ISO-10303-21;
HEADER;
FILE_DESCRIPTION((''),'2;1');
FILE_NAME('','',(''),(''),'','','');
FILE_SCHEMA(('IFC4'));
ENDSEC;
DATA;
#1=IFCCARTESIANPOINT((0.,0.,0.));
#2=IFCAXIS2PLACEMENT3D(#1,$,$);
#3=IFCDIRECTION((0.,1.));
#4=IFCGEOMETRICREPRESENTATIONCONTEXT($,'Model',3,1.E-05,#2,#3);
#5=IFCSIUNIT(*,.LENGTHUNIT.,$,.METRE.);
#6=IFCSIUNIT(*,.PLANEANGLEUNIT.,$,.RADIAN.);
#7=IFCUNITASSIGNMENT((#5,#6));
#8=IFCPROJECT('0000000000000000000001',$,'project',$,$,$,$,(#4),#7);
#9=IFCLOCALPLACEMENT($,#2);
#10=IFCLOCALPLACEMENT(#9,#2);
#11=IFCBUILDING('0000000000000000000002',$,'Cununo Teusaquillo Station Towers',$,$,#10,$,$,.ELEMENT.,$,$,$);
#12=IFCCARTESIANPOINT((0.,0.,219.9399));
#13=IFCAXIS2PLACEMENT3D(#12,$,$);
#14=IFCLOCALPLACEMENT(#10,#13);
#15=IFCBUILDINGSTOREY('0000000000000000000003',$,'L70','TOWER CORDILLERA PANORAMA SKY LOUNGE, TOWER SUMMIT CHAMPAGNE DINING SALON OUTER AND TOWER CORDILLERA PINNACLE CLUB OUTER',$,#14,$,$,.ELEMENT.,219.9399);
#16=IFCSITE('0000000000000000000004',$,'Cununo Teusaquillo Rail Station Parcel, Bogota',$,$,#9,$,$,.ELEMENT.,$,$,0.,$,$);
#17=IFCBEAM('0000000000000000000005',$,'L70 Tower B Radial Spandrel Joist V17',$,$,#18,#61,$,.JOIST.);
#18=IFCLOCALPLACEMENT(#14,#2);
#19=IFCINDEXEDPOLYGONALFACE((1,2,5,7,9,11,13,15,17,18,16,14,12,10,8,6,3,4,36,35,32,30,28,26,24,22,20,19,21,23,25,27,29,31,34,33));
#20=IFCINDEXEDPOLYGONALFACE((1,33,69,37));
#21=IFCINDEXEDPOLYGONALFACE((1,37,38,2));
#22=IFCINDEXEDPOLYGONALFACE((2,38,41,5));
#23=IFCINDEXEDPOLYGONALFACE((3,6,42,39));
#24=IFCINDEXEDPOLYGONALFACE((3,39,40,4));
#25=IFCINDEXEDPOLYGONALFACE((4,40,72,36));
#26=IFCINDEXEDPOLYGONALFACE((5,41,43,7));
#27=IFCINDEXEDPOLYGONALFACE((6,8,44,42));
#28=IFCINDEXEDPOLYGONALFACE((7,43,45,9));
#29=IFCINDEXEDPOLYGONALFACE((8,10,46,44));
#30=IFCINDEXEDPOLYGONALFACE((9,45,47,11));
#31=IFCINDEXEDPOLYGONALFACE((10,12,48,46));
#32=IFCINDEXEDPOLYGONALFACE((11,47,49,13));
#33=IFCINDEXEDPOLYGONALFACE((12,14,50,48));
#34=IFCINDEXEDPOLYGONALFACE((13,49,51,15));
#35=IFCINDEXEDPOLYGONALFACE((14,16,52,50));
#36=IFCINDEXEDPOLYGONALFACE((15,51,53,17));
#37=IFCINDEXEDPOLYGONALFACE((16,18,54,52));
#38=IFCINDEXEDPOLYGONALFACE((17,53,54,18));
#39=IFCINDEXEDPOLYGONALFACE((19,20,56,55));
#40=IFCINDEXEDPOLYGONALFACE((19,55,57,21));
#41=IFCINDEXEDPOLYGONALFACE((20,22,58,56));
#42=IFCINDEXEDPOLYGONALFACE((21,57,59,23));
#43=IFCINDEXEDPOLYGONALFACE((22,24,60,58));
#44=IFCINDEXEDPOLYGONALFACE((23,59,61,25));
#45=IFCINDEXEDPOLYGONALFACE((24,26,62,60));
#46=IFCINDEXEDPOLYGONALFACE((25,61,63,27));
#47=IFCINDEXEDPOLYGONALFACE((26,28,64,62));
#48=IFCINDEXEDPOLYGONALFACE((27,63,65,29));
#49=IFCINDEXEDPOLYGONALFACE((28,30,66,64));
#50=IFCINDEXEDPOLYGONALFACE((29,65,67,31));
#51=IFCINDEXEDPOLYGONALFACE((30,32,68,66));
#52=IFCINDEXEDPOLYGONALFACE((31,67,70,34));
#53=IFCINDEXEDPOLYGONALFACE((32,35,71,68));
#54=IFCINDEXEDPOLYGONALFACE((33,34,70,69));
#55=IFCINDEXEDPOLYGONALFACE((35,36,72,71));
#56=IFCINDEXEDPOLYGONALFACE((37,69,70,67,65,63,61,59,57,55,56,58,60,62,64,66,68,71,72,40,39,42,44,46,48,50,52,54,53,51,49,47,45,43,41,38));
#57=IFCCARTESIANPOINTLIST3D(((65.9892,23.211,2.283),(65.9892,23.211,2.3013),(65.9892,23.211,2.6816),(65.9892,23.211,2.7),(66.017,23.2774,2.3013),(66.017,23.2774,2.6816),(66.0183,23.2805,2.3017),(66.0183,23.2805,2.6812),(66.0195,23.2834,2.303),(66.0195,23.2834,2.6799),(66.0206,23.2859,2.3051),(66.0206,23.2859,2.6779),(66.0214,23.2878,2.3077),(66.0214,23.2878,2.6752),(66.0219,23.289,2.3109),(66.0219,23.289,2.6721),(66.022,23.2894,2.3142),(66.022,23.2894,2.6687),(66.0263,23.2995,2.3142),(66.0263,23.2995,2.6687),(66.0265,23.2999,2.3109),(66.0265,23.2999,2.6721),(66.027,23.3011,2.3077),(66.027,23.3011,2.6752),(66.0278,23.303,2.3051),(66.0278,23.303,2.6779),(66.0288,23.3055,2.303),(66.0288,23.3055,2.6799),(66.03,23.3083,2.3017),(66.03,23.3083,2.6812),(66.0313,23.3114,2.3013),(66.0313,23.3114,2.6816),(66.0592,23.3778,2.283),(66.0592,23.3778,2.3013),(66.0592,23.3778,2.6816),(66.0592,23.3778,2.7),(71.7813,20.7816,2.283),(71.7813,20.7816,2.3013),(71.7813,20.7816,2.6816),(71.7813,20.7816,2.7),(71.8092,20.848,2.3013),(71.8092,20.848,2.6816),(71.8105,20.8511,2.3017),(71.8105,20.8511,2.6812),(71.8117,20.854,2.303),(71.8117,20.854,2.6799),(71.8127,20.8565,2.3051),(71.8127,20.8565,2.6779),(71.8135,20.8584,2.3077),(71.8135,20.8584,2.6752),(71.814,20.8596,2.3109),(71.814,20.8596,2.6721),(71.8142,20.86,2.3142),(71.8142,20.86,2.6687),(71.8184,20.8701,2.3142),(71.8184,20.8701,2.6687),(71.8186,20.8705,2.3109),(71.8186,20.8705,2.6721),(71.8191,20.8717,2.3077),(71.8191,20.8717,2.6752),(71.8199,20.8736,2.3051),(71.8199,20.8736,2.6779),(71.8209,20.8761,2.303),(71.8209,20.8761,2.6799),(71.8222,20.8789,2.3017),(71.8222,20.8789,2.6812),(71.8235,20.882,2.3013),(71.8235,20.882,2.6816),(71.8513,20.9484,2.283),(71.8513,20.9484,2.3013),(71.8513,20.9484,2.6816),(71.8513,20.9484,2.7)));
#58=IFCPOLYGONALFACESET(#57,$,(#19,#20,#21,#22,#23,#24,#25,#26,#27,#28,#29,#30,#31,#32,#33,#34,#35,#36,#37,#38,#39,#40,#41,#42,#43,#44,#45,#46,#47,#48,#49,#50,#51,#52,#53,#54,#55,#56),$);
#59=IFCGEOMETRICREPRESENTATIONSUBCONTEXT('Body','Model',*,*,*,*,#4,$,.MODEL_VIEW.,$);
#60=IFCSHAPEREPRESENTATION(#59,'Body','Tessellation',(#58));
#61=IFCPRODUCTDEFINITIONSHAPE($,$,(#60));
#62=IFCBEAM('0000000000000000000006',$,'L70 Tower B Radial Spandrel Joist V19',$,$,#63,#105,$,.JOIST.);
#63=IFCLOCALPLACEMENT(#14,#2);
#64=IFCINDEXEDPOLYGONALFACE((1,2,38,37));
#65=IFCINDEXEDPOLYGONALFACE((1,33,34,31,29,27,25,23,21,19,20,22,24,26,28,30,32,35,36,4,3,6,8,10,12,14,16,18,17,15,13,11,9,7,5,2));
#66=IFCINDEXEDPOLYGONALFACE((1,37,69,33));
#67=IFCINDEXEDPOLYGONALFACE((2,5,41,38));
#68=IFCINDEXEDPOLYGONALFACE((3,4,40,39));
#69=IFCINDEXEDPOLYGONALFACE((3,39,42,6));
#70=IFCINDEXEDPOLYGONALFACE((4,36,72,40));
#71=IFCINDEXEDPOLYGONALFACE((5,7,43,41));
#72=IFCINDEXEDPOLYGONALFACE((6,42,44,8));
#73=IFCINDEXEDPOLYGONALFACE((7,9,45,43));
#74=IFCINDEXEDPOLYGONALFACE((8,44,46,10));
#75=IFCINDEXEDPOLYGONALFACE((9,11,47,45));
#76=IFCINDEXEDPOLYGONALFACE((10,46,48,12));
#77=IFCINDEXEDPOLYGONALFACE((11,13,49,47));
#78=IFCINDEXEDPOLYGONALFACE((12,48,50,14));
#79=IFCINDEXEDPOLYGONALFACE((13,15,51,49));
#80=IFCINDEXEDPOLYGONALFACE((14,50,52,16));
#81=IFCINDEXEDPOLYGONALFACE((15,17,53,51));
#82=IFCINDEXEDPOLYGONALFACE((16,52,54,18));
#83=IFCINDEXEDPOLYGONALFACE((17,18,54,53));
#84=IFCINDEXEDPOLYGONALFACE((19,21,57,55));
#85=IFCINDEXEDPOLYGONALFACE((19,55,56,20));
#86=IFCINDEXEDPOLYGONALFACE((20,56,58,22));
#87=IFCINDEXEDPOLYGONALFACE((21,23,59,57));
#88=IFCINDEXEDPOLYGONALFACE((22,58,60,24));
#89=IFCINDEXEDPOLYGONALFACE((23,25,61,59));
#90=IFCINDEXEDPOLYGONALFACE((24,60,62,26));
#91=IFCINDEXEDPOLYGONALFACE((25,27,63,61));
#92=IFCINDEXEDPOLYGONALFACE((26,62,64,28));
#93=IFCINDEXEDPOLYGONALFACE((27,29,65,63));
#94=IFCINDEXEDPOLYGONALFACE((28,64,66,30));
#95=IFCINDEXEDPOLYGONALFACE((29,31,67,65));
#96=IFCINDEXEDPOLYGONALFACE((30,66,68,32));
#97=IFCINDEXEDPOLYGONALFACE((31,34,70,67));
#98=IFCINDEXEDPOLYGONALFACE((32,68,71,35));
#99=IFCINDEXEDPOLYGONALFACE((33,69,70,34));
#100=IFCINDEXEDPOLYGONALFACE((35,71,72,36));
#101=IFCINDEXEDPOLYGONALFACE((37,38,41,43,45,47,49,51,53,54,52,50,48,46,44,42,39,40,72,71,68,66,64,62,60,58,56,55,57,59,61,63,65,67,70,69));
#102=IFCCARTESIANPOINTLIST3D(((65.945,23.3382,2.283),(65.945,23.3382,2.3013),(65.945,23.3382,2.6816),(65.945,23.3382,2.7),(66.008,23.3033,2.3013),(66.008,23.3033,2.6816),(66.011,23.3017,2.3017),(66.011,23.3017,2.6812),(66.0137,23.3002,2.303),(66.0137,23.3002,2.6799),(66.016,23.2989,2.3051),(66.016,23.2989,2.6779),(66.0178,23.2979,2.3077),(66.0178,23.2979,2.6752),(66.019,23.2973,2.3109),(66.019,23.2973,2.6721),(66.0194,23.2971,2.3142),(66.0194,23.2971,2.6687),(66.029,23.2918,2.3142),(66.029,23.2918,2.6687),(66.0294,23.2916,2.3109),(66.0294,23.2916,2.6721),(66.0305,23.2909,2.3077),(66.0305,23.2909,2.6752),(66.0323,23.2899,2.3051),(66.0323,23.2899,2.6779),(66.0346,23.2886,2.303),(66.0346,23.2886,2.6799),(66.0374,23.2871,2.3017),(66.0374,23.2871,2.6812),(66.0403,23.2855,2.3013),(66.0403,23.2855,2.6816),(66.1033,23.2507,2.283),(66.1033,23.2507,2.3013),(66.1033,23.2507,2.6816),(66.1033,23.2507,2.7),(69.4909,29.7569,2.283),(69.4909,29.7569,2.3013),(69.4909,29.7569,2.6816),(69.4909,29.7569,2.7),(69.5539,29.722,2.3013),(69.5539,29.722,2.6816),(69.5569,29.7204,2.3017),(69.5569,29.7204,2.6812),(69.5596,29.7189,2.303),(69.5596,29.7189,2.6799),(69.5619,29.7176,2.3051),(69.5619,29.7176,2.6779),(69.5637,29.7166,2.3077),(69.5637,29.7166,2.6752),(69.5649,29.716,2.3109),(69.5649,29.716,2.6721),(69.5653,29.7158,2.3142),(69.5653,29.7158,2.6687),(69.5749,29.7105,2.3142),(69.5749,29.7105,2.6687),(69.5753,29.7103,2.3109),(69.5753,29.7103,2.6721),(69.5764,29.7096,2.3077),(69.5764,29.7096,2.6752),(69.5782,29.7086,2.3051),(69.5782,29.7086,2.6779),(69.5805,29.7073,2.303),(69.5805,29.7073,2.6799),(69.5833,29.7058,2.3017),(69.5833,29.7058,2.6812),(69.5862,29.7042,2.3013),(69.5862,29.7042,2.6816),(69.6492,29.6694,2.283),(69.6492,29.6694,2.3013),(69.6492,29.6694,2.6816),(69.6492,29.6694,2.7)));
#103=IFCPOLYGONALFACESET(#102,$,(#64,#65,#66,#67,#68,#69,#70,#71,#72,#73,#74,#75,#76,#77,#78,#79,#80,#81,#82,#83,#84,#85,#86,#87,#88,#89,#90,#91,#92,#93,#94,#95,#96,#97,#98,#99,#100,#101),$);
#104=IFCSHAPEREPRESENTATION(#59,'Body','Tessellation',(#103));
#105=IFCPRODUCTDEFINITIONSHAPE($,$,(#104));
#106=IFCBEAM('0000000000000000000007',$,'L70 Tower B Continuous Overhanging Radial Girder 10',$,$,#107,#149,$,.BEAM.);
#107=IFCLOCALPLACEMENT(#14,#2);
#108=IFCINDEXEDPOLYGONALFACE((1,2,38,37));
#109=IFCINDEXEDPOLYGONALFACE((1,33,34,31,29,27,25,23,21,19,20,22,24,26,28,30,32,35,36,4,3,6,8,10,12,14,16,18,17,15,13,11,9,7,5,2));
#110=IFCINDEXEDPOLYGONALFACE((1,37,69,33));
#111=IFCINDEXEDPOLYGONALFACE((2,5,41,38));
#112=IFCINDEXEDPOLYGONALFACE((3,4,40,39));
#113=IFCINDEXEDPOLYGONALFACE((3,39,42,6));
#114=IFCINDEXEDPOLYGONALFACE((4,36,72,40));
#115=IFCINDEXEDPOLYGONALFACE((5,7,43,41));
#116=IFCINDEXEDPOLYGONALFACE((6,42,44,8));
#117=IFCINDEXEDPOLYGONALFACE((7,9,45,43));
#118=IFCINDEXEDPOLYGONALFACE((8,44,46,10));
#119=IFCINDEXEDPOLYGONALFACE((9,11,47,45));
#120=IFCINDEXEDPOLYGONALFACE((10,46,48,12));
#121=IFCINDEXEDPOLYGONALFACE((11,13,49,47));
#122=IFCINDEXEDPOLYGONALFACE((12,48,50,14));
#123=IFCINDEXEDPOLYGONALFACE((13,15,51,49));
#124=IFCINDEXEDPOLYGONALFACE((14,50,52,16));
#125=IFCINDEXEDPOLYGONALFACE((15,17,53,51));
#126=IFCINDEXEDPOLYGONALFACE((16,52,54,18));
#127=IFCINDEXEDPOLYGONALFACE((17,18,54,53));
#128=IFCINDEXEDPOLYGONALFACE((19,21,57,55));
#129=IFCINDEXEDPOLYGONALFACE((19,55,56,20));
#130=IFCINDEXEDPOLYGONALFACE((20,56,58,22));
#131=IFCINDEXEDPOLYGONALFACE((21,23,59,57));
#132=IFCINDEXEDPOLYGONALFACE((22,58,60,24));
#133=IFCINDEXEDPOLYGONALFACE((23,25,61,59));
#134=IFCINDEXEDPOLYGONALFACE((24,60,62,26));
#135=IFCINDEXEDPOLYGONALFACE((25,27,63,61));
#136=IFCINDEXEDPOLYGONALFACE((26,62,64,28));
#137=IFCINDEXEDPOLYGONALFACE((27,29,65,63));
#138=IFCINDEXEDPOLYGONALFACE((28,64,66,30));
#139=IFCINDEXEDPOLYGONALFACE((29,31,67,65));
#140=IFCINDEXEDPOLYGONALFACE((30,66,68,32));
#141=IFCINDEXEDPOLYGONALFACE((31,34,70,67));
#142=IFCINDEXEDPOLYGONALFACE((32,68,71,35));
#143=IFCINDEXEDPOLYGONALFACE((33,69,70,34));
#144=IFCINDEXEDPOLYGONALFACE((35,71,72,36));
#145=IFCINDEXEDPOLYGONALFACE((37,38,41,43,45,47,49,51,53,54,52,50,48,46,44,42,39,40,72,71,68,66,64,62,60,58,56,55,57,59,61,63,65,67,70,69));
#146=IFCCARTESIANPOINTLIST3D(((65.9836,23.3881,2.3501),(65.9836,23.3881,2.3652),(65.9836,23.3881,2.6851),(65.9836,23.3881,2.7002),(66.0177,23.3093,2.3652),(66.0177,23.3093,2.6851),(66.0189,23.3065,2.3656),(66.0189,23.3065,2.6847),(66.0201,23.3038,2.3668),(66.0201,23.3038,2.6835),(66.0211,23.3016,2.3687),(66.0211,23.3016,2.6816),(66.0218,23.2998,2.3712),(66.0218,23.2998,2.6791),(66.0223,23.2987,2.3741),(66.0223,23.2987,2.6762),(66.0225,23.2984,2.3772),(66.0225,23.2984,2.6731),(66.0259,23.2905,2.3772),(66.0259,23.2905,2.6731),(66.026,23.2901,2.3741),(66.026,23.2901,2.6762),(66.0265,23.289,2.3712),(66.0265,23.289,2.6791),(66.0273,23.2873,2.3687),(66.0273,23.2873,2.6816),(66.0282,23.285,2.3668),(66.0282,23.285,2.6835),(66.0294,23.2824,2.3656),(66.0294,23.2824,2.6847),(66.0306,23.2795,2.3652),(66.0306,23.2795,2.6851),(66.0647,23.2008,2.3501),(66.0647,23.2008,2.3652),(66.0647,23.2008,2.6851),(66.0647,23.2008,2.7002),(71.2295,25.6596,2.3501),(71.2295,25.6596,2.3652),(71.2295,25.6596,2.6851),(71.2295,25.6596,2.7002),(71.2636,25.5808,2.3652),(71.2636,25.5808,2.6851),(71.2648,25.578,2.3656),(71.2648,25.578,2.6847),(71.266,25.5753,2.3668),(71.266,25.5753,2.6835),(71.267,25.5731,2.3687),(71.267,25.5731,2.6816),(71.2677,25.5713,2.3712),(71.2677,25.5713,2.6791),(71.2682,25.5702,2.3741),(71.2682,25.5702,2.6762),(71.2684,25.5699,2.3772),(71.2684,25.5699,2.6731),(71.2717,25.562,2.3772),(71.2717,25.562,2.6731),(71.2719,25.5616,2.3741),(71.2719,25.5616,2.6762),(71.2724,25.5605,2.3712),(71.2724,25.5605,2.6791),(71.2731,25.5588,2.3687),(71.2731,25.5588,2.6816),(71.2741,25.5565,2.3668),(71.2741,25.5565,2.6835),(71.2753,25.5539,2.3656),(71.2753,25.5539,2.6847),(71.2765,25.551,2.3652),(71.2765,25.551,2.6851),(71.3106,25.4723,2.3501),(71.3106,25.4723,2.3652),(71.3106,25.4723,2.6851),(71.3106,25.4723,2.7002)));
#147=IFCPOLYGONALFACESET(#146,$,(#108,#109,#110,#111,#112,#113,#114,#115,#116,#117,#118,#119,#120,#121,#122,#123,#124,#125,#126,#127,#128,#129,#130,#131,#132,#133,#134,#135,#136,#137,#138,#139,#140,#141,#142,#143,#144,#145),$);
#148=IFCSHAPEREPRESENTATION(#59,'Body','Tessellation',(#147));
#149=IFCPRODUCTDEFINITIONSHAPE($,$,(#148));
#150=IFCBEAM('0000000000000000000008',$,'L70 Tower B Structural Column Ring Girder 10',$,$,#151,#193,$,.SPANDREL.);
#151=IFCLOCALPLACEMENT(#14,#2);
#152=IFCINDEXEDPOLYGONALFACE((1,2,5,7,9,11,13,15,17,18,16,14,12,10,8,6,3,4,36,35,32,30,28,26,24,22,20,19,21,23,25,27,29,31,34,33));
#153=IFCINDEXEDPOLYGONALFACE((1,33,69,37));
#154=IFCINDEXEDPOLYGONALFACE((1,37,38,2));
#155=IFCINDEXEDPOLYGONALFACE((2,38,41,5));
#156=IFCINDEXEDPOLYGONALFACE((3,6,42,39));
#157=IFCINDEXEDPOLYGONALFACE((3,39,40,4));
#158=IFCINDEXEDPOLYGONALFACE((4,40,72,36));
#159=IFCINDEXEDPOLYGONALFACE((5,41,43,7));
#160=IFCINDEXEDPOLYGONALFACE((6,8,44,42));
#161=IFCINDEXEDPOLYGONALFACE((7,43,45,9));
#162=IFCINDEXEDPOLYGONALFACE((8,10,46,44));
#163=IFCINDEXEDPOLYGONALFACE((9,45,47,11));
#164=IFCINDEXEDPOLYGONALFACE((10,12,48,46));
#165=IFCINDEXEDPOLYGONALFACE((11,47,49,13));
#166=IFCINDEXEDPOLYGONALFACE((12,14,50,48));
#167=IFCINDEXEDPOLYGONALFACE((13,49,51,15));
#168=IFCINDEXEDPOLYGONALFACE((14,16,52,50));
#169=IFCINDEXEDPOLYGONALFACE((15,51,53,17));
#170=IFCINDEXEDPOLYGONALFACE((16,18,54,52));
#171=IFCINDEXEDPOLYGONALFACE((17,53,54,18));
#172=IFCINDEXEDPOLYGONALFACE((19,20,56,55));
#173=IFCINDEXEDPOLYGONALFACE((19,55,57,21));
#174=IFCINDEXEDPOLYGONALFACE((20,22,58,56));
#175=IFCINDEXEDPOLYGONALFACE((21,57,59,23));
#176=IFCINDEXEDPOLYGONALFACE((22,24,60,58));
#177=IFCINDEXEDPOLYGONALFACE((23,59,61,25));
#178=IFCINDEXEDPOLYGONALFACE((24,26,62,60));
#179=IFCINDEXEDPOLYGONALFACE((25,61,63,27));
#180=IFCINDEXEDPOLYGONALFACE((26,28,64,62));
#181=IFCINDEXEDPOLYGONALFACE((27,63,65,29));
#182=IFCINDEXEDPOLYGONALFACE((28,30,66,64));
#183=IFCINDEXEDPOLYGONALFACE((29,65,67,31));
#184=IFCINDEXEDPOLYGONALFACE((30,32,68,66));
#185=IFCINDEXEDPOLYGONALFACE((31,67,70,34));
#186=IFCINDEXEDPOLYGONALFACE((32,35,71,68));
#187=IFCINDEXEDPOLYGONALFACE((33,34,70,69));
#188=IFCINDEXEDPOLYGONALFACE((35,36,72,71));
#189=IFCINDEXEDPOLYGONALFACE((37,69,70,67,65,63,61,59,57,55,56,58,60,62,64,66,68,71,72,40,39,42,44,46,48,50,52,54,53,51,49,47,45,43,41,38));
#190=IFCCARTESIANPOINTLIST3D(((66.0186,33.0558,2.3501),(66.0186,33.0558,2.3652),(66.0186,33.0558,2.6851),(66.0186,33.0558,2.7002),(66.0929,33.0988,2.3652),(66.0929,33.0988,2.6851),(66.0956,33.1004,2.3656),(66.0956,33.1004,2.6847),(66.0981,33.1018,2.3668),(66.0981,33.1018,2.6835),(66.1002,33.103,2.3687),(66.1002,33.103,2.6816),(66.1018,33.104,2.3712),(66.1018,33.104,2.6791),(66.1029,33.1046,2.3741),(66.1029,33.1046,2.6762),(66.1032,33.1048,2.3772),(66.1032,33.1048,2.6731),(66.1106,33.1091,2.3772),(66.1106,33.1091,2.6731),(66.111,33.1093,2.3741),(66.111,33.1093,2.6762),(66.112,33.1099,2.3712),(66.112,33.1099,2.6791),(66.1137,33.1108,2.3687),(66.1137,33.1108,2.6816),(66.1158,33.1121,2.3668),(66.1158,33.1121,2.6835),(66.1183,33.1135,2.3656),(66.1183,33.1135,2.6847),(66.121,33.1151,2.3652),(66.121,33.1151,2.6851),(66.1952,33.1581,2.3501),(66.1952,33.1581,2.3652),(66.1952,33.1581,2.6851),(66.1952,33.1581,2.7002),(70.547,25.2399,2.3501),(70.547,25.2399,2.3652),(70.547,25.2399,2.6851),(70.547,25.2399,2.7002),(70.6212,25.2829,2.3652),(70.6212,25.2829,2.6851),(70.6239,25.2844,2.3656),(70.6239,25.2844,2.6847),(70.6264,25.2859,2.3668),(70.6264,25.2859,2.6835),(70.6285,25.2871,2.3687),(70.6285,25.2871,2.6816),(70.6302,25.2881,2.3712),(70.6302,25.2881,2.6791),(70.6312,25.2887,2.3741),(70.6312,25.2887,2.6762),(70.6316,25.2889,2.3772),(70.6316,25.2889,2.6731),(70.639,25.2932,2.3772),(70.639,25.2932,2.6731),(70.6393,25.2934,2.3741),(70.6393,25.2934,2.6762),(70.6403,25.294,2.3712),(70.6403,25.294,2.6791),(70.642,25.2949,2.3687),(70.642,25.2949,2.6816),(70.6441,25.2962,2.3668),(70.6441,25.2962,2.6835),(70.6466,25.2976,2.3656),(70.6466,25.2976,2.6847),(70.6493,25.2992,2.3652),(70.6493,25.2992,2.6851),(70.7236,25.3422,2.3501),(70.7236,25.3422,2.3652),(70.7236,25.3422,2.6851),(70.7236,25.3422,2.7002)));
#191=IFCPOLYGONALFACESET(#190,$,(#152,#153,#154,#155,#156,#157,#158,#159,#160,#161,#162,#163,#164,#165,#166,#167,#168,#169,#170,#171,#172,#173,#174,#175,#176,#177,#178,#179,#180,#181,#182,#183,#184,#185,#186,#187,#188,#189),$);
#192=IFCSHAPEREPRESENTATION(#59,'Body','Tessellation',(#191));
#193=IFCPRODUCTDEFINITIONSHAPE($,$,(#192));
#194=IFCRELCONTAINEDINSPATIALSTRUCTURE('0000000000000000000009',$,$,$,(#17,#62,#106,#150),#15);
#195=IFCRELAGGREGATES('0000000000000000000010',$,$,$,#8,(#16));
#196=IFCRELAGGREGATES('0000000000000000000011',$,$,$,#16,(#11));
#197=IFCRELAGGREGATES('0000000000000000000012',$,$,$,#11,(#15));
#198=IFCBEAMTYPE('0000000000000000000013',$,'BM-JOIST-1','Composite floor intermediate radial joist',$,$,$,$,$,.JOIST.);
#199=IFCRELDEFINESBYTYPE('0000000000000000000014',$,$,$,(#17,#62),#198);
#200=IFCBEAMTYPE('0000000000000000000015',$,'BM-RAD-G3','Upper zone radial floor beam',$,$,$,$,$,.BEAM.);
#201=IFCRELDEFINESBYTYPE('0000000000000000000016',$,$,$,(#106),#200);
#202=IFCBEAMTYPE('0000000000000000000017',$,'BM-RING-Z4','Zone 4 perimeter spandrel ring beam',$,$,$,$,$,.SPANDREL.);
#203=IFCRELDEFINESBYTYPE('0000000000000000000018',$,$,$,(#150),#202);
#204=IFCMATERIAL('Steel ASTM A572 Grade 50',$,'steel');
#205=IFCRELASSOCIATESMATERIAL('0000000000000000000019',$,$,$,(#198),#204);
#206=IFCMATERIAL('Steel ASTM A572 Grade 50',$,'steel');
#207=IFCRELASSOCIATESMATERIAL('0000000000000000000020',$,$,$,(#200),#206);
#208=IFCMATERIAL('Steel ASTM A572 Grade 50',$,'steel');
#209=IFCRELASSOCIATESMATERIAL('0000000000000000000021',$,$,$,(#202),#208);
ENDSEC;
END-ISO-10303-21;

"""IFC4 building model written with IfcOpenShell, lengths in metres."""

from ifc_helpers import new_model, si_unit, direction, frame, origin, origin_2d, place, context, subcontext, project, spatial, i_section, extrude, material, material_profile, profile_set, type_object, element, save


model = new_model("IFC4")

# Units and contexts
model_context = context("Model", 3, precision=1e-05, world=origin(), true_north=direction((0.0, 1.0)))
body_context = subcontext(model_context, "Body", "Model", "MODEL_VIEW")
ifc_project = project(units=[si_unit("LENGTHUNIT", "METRE"), si_unit("PLANEANGLEUNIT", "RADIAN")], contexts=[model_context])

# Site, building, storey
site_placement = place(None, origin())
site = spatial("IfcSite", under=ifc_project, at=site_placement, Name="Cununo Teusaquillo Rail Station Parcel, Bogota", CompositionType="ELEMENT", RefElevation=0.0)
building_placement = place(site_placement, origin())
building = spatial("IfcBuilding", under=site, at=building_placement, Name="Cununo Teusaquillo Station Towers", CompositionType="ELEMENT")
storey_placement = place(building_placement, frame((0.0, 0.0, 219.9399)))
storey = spatial("IfcBuildingStorey", under=building, at=storey_placement, Name="L70", Description="TOWER CORDILLERA PANORAMA SKY LOUNGE, TOWER SUMMIT CHAMPAGNE DINING SALON OUTER AND TOWER CORDILLERA PINNACLE CLUB OUTER", CompositionType="ELEMENT", Elevation=219.9399)

# Beams
ifc_material_1 = material(Name="Steel ASTM A572 Grade 50", Category="steel")
ifc_material_profile_1 = material_profile(ifc_material_1, i_section(OverallWidth=0.1809, OverallDepth=0.417, WebThickness=0.011, FlangeThickness=0.0183, FilletRadius=0.0129, at=origin_2d()), Name="W16X57")
ifc_profile_set_1 = profile_set([ifc_material_profile_1], Name="Steel ASTM A572 Grade 50")
beam_type_1 = type_object("IfcBeamType", Name="BM-JOIST-1", Description="Composite floor intermediate radial joist", PredefinedType="JOIST", material=ifc_profile_set_1)
beam_1_placement = place(storey_placement, frame((66.0242, 23.2944, 2.4915), z_axis=(0.922169, -0.386786, 0.0), x_axis=(0.386786, 0.922169, 0.0)))
element("IfcBeam", 1, at=beam_1_placement, inside=storey, type_object=beam_type_1, Name="L70 Tower B Radial Spandrel Joist V17", PredefinedType="JOIST", context=body_context, shape_type="SweptSolid", body=[
    extrude(i_section(OverallWidth=0.1809, OverallDepth=0.417, WebThickness=0.011, FlangeThickness=0.0183, FilletRadius=0.0129, at=origin_2d()), origin(), (0.0, 0.0, 1.0), 6.281),
])
beam_2_placement = place(storey_placement, frame((66.0242, 23.2944, 2.4915), z_axis=(0.483553, 0.875315, 0.0), x_axis=(-0.875315, 0.483553, 0.0)))
element("IfcBeam", 2, at=beam_2_placement, inside=storey, type_object=beam_type_1, Name="L70 Tower B Radial Spandrel Joist V19", PredefinedType="JOIST", context=body_context, shape_type="SweptSolid", body=[
    extrude(i_section(OverallWidth=0.1809, OverallDepth=0.417, WebThickness=0.011, FlangeThickness=0.0183, FilletRadius=0.0129, at=origin_2d()), origin(), (0.0, 0.0, 1.0), 7.333),
])
ifc_material_2 = material(Name="Steel ASTM A572 Grade 50", Category="steel")
ifc_material_profile_2 = material_profile(ifc_material_2, i_section(OverallWidth=0.2041, OverallDepth=0.3501, WebThickness=0.0085, FlangeThickness=0.0151, FilletRadius=0.012, at=origin_2d()), Name="W14X48")
ifc_profile_set_2 = profile_set([ifc_material_profile_2], Name="Steel ASTM A572 Grade 50")
beam_type_2 = type_object("IfcBeamType", Name="BM-RAD-G3", Description="Upper zone radial floor beam", PredefinedType="BEAM", material=ifc_profile_set_2)
beam_3_placement = place(storey_placement, frame((66.0242, 23.2944, 2.5251), z_axis=(0.917665, 0.397355, 0.0), x_axis=(-0.397355, 0.917665, 0.0)))
element("IfcBeam", 3, at=beam_3_placement, inside=storey, type_object=beam_type_2, Name="L70 Tower B Continuous Overhanging Radial Girder 10", PredefinedType="BEAM", context=body_context, shape_type="SweptSolid", body=[
    extrude(i_section(OverallWidth=0.2041, OverallDepth=0.3501, WebThickness=0.0085, FlangeThickness=0.0151, FilletRadius=0.012, at=origin_2d()), origin(), (0.0, 0.0, 1.0), 5.7166),
])
ifc_material_3 = material(Name="Steel ASTM A572 Grade 50", Category="steel")
ifc_material_profile_3 = material_profile(ifc_material_3, i_section(OverallWidth=0.2041, OverallDepth=0.3501, WebThickness=0.0085, FlangeThickness=0.0151, FilletRadius=0.012, at=origin_2d()), Name="W14X48")
ifc_profile_set_3 = profile_set([ifc_material_profile_3], Name="Steel ASTM A572 Grade 50")
beam_type_3 = type_object("IfcBeamType", Name="BM-RING-Z4", Description="Zone 4 perimeter spandrel ring beam", PredefinedType="SPANDREL", material=ifc_profile_set_3)
beam_4_placement = place(storey_placement, frame((70.6353, 25.291, 2.5251), z_axis=(-0.501311, 0.865267, 0.0), x_axis=(-0.865267, -0.501311, 0.0)))
element("IfcBeam", 4, at=beam_4_placement, inside=storey, type_object=beam_type_3, Name="L70 Tower B Structural Column Ring Girder 10", PredefinedType="SPANDREL", context=body_context, shape_type="SweptSolid", body=[
    extrude(i_section(OverallWidth=0.2041, OverallDepth=0.3501, WebThickness=0.0085, FlangeThickness=0.0151, FilletRadius=0.012, at=origin_2d()), origin(), (0.0, 0.0, 1.0), 9.033),
])

save(model, "model.ifc")
